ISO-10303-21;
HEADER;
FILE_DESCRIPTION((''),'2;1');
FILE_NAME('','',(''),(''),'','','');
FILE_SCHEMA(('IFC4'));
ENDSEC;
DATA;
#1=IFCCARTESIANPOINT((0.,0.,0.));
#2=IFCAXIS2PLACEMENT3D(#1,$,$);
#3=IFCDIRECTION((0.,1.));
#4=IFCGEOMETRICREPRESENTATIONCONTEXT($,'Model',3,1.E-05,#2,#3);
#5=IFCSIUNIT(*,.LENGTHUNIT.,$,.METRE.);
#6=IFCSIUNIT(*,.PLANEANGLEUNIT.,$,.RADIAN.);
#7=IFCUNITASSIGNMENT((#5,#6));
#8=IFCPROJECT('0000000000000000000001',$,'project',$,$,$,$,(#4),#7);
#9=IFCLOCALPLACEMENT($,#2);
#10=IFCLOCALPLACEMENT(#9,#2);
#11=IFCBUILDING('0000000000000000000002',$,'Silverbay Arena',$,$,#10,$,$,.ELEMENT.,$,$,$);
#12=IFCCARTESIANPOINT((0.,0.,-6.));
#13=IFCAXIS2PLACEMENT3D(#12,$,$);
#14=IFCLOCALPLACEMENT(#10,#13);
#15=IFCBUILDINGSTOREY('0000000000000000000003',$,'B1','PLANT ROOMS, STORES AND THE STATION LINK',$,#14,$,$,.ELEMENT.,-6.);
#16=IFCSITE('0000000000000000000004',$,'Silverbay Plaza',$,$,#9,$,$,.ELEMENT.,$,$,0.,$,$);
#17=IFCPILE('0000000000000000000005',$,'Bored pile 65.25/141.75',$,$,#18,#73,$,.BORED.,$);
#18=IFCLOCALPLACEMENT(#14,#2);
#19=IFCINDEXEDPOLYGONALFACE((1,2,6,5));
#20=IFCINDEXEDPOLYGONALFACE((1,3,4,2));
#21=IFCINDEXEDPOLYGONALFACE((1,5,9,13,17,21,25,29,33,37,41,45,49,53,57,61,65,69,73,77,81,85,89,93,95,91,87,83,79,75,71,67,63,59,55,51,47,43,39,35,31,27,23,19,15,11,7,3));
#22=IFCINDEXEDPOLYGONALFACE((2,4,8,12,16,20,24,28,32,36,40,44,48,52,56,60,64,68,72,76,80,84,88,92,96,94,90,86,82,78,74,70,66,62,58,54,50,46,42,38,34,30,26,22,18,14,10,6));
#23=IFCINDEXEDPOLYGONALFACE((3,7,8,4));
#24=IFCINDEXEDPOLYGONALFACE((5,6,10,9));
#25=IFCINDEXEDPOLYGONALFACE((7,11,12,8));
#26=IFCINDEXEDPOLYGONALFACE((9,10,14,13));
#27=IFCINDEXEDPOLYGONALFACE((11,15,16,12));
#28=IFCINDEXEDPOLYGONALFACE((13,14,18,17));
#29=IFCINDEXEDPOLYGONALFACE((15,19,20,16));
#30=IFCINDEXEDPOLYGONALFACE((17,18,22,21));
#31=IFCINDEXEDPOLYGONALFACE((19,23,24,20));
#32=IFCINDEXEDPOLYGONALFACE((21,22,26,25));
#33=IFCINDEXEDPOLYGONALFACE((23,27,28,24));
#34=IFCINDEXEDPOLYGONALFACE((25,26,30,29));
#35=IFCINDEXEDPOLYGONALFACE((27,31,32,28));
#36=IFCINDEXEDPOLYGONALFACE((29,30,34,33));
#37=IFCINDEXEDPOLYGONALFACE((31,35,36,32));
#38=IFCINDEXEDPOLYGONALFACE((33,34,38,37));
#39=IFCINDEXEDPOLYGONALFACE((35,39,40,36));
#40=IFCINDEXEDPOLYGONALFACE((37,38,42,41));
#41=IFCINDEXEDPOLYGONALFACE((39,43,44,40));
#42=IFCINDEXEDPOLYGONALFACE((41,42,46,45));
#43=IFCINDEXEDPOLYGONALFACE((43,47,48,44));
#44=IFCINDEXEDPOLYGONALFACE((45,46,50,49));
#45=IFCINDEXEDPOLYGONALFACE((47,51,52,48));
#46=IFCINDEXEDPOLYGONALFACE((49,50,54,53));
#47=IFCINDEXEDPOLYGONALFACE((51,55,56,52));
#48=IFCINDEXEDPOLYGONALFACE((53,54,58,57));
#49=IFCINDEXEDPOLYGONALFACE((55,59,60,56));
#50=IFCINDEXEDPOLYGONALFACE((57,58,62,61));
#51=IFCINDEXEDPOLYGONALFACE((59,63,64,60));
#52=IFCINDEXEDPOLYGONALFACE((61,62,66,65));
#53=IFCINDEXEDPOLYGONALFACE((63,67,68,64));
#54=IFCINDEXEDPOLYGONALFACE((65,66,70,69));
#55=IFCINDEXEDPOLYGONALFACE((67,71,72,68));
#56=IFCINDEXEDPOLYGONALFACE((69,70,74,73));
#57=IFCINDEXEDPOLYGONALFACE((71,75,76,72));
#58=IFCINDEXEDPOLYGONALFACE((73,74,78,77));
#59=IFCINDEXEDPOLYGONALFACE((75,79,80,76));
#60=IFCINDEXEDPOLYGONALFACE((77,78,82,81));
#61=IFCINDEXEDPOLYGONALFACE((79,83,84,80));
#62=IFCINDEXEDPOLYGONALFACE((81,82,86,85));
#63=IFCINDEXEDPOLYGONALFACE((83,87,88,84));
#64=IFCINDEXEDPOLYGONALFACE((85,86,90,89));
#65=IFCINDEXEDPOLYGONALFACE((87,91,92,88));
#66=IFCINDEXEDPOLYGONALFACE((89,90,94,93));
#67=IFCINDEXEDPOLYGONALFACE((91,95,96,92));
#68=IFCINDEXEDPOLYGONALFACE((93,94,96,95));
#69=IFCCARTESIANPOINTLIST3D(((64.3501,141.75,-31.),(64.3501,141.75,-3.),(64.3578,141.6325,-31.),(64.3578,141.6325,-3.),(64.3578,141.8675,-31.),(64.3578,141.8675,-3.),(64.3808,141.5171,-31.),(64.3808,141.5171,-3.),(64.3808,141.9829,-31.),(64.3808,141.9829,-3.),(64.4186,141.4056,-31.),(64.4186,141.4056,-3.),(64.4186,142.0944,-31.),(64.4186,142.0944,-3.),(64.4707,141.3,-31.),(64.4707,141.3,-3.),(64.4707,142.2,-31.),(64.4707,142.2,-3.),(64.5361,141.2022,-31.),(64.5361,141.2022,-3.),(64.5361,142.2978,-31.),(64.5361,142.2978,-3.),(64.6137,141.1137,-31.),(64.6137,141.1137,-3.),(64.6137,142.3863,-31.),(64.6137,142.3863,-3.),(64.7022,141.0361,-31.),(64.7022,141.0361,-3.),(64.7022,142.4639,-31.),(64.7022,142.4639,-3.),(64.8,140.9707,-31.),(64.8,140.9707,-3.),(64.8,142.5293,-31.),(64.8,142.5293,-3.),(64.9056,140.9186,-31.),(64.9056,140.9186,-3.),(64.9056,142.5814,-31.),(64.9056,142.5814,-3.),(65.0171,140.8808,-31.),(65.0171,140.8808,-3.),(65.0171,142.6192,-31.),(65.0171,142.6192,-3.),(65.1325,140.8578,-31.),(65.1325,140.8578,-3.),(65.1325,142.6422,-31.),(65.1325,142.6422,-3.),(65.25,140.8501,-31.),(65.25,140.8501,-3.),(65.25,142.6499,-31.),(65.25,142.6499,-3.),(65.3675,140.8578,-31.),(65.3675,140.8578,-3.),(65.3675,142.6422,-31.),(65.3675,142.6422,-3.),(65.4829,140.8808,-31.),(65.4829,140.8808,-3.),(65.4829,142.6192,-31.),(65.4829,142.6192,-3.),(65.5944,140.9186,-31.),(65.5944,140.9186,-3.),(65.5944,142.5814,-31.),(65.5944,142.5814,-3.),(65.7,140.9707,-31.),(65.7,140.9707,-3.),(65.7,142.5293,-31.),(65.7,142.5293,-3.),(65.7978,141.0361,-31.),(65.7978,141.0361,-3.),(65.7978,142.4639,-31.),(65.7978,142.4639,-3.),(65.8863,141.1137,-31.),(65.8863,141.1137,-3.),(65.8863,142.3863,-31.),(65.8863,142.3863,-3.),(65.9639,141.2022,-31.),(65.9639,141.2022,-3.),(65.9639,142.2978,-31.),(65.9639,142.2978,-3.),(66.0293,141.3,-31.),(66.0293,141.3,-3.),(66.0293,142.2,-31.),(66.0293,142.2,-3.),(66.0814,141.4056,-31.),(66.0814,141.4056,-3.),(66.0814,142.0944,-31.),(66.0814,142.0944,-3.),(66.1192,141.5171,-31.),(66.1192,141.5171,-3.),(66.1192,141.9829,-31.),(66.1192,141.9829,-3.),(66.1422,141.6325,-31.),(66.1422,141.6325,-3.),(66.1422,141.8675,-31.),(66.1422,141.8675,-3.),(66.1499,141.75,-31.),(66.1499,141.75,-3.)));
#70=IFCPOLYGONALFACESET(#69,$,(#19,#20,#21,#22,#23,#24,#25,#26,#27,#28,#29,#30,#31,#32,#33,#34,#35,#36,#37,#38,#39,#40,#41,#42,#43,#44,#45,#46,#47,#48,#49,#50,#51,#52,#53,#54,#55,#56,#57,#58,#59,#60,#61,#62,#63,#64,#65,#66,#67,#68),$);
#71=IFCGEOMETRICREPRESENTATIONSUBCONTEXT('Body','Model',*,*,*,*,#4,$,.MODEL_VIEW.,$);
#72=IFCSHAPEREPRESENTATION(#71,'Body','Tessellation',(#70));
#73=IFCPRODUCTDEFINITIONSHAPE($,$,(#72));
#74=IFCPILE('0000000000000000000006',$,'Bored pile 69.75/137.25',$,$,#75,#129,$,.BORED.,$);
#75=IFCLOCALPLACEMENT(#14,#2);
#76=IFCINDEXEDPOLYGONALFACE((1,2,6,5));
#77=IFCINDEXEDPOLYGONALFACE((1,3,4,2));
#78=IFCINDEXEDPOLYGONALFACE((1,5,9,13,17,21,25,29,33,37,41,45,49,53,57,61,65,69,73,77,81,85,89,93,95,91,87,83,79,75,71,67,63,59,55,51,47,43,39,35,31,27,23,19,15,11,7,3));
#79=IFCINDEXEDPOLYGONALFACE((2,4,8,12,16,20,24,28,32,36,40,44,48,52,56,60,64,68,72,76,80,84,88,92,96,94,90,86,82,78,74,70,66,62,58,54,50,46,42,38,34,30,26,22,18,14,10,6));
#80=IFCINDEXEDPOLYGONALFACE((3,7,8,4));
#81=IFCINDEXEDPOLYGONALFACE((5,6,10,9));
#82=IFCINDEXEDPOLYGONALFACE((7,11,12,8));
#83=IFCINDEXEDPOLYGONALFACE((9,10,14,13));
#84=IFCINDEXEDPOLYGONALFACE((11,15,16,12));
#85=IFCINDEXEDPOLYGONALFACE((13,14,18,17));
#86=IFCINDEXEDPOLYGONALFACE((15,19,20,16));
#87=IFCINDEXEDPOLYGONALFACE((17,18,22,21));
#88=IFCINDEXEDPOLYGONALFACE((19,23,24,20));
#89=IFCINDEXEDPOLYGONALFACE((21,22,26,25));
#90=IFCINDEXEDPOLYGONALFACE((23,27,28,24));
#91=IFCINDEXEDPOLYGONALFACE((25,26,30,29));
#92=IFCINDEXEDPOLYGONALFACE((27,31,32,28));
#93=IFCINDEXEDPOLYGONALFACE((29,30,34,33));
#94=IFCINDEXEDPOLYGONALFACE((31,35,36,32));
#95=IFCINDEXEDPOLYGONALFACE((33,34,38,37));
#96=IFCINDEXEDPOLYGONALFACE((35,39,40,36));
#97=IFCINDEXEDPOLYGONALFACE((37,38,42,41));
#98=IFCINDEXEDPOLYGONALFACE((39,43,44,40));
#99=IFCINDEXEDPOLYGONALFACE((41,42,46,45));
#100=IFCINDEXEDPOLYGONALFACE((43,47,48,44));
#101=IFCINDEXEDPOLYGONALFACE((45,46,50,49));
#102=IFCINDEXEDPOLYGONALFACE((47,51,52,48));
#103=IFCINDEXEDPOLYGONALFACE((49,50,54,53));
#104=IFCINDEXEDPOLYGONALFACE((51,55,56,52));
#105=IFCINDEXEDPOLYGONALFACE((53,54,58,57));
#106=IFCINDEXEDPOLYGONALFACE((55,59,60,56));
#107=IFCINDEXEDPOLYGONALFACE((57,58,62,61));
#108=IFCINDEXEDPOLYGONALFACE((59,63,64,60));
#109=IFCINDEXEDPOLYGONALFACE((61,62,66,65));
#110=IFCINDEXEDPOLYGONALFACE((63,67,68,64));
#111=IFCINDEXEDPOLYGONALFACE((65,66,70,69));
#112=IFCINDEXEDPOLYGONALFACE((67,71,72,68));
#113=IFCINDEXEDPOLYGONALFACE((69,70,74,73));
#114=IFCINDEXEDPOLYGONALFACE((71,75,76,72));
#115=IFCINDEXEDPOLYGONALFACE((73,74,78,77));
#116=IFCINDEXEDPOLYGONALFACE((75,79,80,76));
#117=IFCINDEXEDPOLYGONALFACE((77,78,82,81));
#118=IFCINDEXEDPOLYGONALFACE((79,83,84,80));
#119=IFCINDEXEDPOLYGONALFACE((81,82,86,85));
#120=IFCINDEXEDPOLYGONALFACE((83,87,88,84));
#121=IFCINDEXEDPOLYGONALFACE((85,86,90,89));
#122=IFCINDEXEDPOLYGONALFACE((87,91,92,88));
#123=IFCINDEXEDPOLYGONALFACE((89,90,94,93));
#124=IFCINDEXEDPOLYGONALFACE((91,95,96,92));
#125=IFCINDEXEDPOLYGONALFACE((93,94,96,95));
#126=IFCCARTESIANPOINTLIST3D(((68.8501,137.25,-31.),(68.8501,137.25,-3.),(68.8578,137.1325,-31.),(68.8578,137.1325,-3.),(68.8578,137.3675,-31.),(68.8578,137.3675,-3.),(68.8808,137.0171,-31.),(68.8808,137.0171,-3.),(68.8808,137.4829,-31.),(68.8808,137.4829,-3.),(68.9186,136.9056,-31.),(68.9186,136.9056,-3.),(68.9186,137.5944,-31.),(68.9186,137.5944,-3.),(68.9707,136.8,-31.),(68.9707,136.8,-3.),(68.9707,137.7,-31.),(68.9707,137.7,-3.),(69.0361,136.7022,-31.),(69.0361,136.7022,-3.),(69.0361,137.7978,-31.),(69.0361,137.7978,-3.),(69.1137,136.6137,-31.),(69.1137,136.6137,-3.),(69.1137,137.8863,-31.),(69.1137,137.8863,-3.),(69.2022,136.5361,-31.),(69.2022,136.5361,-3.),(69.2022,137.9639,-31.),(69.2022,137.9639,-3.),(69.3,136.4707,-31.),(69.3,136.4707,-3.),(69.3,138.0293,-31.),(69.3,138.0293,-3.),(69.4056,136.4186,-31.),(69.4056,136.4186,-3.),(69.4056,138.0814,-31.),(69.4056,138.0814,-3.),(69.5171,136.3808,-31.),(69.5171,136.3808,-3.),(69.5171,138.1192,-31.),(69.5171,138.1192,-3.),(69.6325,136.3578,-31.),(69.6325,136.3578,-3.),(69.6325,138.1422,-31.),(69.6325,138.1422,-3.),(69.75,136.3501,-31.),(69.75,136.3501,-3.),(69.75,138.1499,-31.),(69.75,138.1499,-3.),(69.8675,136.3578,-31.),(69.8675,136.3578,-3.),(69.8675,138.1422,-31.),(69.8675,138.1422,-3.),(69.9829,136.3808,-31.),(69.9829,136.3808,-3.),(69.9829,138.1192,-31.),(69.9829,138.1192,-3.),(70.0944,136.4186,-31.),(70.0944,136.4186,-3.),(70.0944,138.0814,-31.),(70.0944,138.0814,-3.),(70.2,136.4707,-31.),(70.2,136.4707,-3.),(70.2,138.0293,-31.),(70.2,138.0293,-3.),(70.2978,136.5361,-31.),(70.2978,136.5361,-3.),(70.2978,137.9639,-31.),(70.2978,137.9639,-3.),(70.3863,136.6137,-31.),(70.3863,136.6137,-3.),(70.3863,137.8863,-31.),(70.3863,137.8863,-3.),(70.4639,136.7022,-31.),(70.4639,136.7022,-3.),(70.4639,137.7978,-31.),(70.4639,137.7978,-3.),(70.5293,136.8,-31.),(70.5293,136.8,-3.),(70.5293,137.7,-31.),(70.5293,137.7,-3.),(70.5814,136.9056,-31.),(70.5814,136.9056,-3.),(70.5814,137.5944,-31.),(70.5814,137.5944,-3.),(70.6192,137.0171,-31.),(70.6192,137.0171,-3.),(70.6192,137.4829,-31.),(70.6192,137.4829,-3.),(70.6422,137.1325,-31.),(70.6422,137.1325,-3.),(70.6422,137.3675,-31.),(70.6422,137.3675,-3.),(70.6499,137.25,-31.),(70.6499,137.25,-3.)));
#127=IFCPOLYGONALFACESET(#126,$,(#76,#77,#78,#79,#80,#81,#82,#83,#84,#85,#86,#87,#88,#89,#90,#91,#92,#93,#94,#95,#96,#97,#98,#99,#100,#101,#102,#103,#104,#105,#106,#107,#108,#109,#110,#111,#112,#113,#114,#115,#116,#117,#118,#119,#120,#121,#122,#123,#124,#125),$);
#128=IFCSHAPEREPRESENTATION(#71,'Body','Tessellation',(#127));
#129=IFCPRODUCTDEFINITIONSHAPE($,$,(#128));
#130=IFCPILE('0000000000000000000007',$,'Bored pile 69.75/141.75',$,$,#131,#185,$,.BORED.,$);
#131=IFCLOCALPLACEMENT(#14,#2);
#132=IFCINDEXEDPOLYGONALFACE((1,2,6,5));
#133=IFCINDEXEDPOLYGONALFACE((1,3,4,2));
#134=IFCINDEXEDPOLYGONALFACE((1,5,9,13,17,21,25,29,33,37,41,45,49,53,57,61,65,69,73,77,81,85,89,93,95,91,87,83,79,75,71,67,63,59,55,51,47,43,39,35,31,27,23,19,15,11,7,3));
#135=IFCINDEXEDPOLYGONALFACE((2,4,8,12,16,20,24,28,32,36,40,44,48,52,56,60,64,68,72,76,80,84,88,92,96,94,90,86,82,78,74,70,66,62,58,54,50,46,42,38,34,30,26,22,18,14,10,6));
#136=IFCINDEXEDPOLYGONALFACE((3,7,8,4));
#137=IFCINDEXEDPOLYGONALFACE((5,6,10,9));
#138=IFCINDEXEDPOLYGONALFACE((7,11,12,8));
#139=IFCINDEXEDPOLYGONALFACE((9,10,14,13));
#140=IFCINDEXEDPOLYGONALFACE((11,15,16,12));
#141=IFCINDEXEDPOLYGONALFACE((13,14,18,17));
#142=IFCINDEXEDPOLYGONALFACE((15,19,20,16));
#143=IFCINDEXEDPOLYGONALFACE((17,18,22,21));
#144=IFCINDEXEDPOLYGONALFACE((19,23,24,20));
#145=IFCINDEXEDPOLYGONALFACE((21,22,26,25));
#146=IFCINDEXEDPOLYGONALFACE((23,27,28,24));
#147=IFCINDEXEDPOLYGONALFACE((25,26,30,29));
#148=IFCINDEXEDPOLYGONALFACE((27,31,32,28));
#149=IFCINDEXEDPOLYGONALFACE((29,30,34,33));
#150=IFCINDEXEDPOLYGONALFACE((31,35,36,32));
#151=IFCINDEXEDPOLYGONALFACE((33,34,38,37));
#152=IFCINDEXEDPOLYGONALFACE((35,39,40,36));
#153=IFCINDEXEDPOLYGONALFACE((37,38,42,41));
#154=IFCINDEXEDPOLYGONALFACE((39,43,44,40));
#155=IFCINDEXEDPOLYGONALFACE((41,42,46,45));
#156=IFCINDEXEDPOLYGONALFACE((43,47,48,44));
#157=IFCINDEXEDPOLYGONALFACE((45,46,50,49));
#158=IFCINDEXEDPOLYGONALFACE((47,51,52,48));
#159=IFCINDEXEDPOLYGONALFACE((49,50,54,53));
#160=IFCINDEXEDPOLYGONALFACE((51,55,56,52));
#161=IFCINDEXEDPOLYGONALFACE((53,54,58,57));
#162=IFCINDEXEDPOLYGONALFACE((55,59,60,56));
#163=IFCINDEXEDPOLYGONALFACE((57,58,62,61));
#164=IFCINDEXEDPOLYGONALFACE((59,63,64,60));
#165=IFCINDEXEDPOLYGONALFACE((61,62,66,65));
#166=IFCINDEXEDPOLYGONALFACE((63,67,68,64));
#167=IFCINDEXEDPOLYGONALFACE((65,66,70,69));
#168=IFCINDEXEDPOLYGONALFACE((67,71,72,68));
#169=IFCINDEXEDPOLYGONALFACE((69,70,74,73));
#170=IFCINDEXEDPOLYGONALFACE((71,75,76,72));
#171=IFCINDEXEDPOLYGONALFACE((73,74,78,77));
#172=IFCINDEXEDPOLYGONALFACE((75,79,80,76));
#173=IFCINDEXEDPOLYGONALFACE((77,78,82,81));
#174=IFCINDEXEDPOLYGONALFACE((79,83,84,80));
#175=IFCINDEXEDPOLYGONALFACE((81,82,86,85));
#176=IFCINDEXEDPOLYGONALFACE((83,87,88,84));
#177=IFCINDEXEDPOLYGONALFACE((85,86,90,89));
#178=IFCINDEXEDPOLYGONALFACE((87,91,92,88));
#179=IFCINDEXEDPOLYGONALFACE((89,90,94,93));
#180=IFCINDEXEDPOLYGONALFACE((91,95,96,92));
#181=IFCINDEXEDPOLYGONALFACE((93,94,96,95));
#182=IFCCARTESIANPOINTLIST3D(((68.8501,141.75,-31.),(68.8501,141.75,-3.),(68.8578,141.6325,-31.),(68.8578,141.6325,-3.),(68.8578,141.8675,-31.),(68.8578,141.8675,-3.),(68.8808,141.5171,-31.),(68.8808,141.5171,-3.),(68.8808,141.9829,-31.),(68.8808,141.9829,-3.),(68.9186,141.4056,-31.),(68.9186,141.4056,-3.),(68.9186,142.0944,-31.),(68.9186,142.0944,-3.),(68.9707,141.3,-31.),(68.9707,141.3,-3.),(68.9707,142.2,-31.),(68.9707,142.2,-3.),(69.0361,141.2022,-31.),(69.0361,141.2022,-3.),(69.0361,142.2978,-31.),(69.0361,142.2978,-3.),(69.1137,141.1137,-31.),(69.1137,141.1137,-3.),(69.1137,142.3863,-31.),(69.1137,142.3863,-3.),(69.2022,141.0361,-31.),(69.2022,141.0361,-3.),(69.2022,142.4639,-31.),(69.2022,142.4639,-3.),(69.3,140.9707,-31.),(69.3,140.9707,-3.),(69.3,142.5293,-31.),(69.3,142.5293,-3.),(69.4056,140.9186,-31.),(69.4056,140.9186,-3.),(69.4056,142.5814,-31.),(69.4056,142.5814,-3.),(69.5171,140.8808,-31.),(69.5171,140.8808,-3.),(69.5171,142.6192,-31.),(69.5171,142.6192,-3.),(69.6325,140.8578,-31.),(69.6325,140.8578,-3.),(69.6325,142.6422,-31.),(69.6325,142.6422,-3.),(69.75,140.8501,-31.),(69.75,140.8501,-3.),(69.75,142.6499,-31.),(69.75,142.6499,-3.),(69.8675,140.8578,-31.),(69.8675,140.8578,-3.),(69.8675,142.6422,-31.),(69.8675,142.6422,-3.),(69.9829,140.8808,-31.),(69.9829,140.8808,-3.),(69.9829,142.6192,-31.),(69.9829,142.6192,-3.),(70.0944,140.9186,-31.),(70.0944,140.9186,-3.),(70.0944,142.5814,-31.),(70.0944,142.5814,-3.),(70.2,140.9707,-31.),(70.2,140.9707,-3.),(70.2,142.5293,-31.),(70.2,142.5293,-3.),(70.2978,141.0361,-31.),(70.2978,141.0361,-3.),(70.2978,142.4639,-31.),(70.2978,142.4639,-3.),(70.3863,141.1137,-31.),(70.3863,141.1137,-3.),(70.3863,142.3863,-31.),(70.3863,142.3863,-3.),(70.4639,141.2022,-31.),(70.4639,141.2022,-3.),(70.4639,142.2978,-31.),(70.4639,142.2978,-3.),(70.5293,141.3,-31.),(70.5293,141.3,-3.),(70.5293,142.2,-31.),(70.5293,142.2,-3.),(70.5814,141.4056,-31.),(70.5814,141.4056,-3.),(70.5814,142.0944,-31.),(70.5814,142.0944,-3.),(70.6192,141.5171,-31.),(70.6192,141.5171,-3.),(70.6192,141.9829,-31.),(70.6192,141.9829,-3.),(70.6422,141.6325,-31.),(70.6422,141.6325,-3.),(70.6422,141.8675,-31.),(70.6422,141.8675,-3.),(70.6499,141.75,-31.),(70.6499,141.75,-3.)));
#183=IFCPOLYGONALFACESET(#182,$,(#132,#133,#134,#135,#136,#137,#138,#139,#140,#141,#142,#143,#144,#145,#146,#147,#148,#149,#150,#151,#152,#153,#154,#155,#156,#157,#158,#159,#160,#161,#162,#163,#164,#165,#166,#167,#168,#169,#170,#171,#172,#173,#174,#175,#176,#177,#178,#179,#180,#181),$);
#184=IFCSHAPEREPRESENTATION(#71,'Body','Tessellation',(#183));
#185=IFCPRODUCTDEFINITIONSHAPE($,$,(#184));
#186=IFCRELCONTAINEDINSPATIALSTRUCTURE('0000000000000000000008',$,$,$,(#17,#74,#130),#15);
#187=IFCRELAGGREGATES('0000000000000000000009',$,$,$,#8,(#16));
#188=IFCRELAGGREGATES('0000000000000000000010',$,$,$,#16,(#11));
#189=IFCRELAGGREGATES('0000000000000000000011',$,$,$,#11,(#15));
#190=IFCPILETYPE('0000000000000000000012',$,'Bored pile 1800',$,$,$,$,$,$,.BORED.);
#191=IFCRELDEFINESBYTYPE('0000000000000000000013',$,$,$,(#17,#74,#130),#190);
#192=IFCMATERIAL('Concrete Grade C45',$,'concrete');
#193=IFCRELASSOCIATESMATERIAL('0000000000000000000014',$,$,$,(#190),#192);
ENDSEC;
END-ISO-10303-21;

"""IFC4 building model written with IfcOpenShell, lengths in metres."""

from ifc_helpers import new_model, si_unit, direction, frame, origin, origin_2d, place, context, subcontext, project, spatial, circle, extrude, material, material_profile, profile_set, type_object, element, save


model = new_model("IFC4")

# Units and contexts
model_context = context("Model", 3, precision=1e-05, world=origin(), true_north=direction((0.0, 1.0)))
body_context = subcontext(model_context, "Body", "Model", "MODEL_VIEW")
ifc_project = project(units=[si_unit("LENGTHUNIT", "METRE"), si_unit("PLANEANGLEUNIT", "RADIAN")], contexts=[model_context])

# Site, building, storey
site_placement = place(None, origin())
site = spatial("IfcSite", under=ifc_project, at=site_placement, Name="Silverbay Plaza", CompositionType="ELEMENT", RefElevation=0.0)
building_placement = place(site_placement, origin())
building = spatial("IfcBuilding", under=site, at=building_placement, Name="Silverbay Arena", CompositionType="ELEMENT")
storey_placement = place(building_placement, frame((0.0, 0.0, -6.0)))
storey = spatial("IfcBuildingStorey", under=building, at=storey_placement, Name="B1", Description="PLANT ROOMS, STORES AND THE STATION LINK", CompositionType="ELEMENT", Elevation=-6.0)

# Piles
ifc_material_1 = material(Name="Concrete Grade C45", Category="concrete")
ifc_material_profile_1 = material_profile(ifc_material_1, circle(Radius=0.8999, at=origin_2d()), Name="Bored pile 1800")
ifc_profile_set_1 = profile_set([ifc_material_profile_1], Name="Concrete Grade C45")
pile_type_1 = type_object("IfcPileType", Name="Bored pile 1800", PredefinedType="BORED", material=ifc_profile_set_1)
for number, where, z_axis, x_axis, name in (
    (1, (65.25, 141.75, -3.0), (0.0, 0.0, -1.0), (1.0, 0.0, 0.0), "Bored pile 65.25/141.75"),
    (2, (69.75, 137.25, -3.0), (0.0, 0.0, -1.0), (1.0, 0.0, 0.0), "Bored pile 69.75/137.25"),
    (3, (69.75, 141.75, -3.0), (0.0, 0.0, -1.0), (1.0, 0.0, 0.0), "Bored pile 69.75/141.75"),
):
    element("IfcPile", number, at=place(storey_placement, frame(where, z_axis=z_axis, x_axis=x_axis)), inside=storey, type_object=pile_type_1, Name=name, PredefinedType="BORED", context=body_context, shape_type="SweptSolid", body=[
        extrude(circle(Radius=0.8999, at=origin_2d()), origin(), (0.0, 0.0, 1.0), 28.0),
    ])

save(model, "model.ifc")
